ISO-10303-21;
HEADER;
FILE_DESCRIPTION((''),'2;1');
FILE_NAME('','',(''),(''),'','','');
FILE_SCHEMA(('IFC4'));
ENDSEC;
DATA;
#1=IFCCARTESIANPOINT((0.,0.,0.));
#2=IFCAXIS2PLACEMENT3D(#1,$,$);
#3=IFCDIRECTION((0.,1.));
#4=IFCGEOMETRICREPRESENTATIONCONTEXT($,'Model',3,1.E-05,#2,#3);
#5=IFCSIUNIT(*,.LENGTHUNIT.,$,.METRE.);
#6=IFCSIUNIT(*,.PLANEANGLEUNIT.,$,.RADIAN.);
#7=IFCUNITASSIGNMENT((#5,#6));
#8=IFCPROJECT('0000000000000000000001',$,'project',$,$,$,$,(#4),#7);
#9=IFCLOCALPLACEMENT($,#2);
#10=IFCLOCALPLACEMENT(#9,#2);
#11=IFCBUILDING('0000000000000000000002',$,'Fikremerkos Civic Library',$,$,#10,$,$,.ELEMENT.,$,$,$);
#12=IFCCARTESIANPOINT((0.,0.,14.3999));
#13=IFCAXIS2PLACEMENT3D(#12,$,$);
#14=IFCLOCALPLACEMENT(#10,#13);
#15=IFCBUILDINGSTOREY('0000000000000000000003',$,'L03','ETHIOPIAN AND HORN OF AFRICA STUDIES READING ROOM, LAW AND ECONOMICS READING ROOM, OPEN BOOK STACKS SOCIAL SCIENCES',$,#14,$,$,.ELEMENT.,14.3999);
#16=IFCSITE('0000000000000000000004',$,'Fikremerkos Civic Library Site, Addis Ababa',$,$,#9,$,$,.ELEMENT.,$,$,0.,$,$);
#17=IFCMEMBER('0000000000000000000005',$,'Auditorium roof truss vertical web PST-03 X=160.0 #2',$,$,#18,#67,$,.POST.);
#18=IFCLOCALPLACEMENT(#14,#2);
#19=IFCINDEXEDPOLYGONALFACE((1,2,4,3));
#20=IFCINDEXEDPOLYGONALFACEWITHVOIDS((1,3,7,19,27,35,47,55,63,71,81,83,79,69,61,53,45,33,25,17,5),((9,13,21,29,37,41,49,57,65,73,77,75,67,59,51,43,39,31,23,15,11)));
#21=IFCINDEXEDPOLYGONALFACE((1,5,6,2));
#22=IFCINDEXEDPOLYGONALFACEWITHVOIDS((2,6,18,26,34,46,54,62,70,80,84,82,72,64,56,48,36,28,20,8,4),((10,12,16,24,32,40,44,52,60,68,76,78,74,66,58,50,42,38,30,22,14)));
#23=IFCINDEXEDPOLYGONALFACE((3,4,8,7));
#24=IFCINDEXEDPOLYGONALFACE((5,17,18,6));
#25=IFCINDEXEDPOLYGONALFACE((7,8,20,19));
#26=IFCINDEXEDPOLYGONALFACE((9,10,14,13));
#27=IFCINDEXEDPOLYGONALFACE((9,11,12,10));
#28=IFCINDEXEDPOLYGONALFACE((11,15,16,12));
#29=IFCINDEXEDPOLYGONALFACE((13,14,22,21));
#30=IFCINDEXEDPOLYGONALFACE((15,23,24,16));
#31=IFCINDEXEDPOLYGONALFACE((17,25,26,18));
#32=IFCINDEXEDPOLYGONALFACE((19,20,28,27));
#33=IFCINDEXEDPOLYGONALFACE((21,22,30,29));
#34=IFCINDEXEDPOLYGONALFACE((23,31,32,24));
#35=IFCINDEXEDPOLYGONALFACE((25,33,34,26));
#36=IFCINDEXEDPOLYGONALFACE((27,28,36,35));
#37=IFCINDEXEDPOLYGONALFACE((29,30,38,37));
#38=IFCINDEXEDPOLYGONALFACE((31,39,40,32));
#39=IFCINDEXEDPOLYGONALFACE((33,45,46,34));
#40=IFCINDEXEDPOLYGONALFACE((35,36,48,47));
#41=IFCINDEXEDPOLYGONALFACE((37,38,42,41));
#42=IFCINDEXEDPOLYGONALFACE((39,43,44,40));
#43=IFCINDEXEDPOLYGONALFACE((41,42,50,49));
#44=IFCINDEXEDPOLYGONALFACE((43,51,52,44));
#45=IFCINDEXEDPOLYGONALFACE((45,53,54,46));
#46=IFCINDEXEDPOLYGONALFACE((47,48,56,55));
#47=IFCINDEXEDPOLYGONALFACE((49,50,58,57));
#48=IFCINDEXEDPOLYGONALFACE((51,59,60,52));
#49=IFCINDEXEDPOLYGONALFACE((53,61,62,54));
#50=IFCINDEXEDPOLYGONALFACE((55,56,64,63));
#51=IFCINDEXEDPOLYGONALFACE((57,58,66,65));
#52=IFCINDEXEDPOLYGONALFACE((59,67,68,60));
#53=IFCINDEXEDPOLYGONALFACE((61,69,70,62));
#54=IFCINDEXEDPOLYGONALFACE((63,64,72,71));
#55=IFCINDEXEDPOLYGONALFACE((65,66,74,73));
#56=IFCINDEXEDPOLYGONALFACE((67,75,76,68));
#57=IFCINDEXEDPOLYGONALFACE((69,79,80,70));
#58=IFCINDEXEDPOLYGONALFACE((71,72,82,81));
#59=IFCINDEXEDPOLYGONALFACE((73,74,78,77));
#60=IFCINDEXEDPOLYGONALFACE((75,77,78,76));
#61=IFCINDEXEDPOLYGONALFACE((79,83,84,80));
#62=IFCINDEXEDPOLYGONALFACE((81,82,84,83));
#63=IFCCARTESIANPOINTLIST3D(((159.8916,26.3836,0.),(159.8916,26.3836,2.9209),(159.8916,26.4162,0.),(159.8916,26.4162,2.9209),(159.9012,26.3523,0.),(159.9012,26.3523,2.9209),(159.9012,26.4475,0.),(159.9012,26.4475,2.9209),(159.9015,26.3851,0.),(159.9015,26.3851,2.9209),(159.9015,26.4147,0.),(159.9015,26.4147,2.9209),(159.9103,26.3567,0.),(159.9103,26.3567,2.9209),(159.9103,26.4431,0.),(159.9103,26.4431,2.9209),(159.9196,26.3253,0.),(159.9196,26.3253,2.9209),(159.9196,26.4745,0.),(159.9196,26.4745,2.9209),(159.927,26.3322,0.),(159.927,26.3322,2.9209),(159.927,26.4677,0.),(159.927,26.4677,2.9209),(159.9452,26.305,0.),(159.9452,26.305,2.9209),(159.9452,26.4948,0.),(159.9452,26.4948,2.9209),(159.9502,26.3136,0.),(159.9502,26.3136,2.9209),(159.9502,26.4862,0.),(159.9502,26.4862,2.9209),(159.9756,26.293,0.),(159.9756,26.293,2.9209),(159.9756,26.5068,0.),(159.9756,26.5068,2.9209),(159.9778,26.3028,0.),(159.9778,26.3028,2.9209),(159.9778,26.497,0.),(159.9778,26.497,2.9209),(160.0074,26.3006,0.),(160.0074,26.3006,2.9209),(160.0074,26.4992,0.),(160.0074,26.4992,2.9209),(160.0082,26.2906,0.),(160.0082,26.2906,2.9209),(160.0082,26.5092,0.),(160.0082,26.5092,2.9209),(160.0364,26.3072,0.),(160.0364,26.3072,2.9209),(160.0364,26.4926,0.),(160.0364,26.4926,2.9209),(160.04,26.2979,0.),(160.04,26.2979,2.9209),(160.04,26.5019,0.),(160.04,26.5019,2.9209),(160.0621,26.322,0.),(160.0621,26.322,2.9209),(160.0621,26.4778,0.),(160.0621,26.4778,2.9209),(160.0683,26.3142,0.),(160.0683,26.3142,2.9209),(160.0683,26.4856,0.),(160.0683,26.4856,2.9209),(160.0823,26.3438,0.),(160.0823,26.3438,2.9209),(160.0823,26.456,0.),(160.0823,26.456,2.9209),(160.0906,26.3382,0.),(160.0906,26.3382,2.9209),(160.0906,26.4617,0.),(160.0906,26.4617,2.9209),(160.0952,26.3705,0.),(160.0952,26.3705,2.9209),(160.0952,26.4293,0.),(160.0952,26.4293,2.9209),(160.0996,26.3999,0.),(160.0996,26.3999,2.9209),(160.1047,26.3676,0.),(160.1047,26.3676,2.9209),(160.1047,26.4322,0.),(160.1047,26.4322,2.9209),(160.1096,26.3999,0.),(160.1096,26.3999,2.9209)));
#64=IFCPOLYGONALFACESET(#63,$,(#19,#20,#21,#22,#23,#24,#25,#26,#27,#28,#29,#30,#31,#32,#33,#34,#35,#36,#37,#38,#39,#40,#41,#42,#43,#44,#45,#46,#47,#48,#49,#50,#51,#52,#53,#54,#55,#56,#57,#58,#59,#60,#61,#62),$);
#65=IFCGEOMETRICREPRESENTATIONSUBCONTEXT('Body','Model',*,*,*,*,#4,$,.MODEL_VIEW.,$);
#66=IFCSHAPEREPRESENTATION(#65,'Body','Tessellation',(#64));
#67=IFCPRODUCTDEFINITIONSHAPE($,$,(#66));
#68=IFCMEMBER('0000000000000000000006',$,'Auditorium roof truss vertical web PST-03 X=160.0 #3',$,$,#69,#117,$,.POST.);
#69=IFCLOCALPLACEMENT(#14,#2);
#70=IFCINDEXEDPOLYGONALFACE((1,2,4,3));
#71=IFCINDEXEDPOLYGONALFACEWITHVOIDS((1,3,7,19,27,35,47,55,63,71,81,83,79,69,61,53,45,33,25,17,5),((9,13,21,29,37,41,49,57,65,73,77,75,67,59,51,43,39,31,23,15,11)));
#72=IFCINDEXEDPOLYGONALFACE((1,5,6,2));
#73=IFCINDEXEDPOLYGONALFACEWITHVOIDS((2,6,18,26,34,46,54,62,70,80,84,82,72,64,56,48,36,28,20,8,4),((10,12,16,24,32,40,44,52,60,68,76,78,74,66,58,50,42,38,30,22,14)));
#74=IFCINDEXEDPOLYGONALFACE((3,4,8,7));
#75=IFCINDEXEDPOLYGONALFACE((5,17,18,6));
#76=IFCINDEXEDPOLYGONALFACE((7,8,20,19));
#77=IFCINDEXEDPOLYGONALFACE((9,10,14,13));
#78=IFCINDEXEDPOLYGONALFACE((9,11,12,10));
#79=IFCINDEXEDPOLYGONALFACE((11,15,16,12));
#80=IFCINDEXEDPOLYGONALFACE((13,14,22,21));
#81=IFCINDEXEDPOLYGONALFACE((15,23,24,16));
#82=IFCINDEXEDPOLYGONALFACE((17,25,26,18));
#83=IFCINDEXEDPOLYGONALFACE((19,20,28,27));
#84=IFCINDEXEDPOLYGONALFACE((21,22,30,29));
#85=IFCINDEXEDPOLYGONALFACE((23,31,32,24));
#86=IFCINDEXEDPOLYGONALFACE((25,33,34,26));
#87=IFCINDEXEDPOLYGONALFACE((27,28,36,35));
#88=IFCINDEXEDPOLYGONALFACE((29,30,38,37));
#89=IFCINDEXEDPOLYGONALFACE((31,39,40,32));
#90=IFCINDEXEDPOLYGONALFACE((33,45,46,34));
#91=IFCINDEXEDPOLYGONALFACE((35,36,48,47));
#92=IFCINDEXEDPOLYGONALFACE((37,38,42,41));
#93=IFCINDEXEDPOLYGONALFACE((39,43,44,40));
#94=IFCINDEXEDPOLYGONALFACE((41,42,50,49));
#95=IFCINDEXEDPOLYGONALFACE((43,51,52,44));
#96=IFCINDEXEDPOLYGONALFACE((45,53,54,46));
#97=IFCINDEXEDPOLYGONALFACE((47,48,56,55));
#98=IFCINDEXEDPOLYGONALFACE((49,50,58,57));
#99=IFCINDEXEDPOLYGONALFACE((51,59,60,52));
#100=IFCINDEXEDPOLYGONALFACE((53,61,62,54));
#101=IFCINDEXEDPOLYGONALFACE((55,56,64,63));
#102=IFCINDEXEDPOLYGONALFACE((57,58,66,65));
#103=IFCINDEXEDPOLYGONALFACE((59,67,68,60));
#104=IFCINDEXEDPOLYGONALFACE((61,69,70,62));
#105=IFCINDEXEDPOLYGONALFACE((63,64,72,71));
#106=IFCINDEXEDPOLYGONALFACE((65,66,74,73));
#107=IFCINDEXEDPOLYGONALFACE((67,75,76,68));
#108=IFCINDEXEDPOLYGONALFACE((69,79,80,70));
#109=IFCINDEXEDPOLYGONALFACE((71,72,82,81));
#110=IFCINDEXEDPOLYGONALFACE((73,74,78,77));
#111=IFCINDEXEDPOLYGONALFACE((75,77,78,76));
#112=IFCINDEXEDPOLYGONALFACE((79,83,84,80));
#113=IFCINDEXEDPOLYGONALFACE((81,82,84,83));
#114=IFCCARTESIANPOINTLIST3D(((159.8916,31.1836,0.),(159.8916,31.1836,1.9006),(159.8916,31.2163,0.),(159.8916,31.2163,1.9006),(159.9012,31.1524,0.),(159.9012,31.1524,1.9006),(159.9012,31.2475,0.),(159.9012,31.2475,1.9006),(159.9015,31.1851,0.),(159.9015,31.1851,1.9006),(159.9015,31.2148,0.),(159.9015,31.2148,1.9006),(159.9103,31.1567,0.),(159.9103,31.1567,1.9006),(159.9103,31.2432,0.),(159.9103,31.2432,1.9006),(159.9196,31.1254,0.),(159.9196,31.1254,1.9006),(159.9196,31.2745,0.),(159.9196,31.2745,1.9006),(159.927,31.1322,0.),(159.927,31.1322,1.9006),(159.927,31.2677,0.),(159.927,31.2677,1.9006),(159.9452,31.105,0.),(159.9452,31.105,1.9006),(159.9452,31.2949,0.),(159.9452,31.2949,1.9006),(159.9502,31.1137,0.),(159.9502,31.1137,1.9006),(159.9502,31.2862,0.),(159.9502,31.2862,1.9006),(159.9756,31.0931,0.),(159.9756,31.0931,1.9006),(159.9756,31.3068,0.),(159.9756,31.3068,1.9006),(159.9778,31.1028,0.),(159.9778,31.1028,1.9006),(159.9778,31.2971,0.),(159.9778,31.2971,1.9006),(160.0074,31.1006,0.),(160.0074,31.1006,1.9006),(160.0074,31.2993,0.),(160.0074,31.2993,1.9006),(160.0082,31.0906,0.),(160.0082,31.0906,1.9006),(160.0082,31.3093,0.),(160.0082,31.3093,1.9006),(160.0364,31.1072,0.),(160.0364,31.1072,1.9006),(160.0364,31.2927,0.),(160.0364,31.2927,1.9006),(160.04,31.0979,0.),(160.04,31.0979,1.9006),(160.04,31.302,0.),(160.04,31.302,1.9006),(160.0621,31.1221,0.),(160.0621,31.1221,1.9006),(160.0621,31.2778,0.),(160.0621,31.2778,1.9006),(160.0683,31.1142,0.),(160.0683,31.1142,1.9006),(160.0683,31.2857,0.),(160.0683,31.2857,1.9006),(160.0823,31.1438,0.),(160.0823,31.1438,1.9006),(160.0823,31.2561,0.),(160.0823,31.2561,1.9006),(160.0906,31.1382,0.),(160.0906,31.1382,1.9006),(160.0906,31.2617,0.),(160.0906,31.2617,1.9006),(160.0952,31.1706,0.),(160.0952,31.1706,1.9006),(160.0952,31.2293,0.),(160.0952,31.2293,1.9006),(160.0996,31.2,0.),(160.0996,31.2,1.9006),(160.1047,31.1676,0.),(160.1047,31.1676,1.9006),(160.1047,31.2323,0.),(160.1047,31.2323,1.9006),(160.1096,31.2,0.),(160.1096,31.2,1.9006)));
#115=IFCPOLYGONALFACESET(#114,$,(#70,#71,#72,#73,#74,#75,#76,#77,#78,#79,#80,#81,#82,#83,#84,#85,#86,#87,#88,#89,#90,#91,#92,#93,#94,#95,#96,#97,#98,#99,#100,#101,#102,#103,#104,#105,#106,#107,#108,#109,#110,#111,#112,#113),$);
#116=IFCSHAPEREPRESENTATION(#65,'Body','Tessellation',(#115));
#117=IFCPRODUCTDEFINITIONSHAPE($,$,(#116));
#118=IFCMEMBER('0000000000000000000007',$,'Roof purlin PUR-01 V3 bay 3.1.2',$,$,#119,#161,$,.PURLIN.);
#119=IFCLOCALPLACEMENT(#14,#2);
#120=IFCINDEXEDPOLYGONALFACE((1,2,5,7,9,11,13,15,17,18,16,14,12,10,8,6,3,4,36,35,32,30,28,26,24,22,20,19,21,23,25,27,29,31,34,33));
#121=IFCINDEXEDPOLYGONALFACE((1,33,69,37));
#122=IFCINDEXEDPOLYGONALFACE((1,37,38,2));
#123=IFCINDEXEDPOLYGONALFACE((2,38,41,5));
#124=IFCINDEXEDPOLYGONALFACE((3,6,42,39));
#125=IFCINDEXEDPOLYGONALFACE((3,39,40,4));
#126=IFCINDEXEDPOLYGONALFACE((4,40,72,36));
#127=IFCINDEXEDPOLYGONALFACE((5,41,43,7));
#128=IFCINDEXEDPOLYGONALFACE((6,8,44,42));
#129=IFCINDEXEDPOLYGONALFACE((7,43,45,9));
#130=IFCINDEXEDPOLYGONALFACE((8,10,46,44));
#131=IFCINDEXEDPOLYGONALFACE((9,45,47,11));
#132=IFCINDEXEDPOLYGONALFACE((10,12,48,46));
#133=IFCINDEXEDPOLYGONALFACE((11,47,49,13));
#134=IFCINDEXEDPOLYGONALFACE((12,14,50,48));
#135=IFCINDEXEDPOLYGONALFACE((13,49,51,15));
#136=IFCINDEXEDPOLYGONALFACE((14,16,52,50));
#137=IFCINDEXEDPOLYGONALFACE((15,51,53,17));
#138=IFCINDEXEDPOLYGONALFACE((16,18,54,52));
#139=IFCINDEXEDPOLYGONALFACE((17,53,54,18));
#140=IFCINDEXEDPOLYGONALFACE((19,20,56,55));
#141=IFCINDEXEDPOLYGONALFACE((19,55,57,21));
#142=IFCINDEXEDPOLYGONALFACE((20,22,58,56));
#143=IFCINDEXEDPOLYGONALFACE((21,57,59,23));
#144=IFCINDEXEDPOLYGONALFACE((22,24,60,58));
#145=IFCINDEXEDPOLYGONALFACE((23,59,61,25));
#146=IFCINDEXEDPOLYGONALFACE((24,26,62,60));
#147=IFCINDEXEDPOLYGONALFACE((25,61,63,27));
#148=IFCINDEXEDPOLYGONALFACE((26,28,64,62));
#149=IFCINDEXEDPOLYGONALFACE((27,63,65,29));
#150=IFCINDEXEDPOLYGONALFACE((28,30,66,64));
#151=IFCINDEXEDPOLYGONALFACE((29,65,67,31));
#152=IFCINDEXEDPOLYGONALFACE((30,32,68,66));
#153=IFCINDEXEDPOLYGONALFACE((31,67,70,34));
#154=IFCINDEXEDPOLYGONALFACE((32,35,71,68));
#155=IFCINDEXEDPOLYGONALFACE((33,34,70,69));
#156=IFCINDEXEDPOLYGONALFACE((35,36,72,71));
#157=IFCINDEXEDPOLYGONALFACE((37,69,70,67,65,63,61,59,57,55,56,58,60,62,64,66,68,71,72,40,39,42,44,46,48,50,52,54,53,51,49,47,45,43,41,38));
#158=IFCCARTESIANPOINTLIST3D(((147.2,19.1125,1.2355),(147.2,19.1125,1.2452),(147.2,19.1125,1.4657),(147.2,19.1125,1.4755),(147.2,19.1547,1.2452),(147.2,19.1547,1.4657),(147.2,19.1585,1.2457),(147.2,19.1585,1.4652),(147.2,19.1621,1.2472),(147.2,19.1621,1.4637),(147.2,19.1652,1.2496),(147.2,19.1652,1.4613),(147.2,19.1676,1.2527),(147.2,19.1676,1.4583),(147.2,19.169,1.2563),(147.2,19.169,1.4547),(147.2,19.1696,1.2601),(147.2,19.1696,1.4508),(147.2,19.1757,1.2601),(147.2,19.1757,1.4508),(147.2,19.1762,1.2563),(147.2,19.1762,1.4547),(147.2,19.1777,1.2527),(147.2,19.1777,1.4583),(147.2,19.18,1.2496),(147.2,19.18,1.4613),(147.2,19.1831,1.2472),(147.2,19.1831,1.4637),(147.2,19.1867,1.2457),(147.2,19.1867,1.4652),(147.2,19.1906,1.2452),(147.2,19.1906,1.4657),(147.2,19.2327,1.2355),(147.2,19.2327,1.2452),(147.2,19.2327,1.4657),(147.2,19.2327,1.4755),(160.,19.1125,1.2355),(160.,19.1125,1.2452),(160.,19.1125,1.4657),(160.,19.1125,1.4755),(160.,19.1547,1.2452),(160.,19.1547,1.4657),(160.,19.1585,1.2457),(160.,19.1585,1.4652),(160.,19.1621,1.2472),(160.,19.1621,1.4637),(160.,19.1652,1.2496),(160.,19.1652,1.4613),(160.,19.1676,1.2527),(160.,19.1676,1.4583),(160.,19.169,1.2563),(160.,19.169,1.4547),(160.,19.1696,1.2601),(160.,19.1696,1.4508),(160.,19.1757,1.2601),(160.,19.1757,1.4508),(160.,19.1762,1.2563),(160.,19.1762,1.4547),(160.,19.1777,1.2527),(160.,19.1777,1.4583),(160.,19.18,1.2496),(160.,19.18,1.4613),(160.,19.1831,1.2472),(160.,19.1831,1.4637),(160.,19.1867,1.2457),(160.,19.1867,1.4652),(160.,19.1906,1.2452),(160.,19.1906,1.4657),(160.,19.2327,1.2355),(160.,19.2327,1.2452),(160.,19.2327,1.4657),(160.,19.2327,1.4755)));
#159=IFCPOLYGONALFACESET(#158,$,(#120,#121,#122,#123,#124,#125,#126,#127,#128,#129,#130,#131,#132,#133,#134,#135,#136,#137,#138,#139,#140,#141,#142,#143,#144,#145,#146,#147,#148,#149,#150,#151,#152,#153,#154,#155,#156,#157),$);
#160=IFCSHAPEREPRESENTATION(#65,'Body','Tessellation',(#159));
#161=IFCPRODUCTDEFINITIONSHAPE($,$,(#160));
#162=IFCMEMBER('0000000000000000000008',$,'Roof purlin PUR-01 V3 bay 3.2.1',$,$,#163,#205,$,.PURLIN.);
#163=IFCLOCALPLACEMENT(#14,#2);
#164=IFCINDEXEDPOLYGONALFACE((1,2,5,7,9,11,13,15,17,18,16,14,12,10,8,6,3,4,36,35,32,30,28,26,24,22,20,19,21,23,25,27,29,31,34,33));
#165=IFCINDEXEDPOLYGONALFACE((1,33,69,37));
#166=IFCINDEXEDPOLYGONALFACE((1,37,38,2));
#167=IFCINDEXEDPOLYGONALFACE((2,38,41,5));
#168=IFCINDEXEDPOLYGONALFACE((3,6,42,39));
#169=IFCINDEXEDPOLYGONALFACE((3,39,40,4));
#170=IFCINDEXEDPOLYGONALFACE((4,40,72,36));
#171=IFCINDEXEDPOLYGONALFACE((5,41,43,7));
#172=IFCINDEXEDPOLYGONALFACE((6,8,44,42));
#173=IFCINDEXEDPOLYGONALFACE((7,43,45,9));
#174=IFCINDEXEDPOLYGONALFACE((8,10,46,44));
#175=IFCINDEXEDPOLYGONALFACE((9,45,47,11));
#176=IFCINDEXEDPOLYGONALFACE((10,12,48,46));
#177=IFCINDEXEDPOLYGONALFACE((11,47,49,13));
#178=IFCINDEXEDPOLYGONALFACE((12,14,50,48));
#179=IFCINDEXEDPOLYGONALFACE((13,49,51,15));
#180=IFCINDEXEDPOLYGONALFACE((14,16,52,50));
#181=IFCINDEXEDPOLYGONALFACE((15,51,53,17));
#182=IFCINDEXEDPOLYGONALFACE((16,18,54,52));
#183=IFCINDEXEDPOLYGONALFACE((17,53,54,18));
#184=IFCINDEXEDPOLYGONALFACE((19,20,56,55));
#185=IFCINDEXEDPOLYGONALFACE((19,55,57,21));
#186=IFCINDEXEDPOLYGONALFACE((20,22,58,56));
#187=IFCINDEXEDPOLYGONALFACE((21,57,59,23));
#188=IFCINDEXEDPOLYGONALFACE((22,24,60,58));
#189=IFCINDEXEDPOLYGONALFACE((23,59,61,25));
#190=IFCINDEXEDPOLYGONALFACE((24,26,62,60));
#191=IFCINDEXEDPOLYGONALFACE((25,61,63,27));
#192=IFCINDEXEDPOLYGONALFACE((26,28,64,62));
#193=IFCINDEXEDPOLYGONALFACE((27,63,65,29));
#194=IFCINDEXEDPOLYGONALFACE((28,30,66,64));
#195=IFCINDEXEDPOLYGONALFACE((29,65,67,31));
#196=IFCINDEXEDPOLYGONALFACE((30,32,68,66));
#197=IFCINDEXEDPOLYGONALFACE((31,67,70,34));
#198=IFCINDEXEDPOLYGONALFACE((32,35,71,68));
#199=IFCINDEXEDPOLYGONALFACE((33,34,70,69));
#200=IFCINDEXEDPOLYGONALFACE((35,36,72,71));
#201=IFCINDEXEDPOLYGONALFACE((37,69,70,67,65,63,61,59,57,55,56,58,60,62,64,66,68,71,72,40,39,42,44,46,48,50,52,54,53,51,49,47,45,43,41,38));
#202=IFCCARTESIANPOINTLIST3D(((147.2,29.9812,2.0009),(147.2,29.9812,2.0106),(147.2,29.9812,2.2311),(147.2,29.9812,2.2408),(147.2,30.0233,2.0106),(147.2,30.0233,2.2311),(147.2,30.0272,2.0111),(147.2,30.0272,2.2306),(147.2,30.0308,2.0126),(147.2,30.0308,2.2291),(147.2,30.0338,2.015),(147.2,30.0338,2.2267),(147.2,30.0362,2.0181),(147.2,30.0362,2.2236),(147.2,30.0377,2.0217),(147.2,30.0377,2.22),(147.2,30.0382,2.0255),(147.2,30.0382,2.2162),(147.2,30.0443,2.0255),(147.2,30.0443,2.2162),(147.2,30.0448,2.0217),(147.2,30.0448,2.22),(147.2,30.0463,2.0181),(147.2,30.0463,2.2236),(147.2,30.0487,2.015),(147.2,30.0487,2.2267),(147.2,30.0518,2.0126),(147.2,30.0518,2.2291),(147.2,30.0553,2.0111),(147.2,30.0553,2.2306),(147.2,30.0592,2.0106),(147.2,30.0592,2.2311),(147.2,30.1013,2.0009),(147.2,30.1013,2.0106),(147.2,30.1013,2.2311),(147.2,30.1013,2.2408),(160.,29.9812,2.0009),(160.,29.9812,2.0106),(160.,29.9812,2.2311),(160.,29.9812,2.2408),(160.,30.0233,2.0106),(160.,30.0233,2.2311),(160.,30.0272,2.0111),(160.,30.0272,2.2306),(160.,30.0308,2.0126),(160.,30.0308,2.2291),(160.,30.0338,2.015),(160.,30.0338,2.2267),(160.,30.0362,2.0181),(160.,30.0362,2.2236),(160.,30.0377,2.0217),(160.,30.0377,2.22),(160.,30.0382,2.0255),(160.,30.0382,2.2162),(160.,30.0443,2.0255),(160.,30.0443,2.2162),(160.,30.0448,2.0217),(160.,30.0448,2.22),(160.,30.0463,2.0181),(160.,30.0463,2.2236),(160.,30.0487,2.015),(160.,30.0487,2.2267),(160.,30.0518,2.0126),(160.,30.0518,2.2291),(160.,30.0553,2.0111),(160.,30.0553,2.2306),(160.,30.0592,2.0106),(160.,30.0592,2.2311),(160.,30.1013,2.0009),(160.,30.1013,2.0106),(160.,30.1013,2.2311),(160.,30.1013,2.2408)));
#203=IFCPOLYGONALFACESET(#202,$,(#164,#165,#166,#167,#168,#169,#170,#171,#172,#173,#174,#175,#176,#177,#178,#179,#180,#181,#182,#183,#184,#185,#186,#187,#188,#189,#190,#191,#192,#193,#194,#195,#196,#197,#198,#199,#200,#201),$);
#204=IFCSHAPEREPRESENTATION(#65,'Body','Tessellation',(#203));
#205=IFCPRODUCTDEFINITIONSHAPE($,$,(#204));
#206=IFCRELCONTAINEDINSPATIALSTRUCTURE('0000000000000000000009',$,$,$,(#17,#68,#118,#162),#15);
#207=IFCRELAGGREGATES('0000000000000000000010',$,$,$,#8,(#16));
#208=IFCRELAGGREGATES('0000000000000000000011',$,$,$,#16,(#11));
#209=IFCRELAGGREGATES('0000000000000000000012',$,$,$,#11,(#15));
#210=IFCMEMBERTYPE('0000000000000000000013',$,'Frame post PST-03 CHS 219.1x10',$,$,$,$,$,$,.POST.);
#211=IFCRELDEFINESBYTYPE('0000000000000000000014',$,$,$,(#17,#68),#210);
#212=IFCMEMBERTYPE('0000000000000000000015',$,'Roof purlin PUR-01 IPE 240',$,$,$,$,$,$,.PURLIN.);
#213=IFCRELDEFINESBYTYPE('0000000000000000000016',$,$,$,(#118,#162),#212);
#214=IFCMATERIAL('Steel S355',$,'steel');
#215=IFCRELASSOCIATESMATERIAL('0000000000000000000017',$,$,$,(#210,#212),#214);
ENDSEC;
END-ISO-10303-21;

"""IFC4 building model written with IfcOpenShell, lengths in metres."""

from ifc_helpers import new_model, si_unit, direction, frame, origin, origin_2d, place, context, subcontext, project, spatial, hollow_circle, i_section, extrude, material, material_profile, profile_set, type_object, element, save


model = new_model("IFC4")

# Units and contexts
model_context = context("Model", 3, precision=1e-05, world=origin(), true_north=direction((0.0, 1.0)))
body_context = subcontext(model_context, "Body", "Model", "MODEL_VIEW")
ifc_project = project(units=[si_unit("LENGTHUNIT", "METRE"), si_unit("PLANEANGLEUNIT", "RADIAN")], contexts=[model_context])

# Site, building, storey
site_placement = place(None, origin())
site = spatial("IfcSite", under=ifc_project, at=site_placement, Name="Fikremerkos Civic Library Site, Addis Ababa", CompositionType="ELEMENT", RefElevation=0.0)
building_placement = place(site_placement, origin())
building = spatial("IfcBuilding", under=site, at=building_placement, Name="Fikremerkos Civic Library", CompositionType="ELEMENT")
storey_placement = place(building_placement, frame((0.0, 0.0, 14.3999)))
storey = spatial("IfcBuildingStorey", under=building, at=storey_placement, Name="L03", Description="ETHIOPIAN AND HORN OF AFRICA STUDIES READING ROOM, LAW AND ECONOMICS READING ROOM, OPEN BOOK STACKS SOCIAL SCIENCES", CompositionType="ELEMENT", Elevation=14.3999)

# Members
ifc_material_1 = material(Name="Steel S355", Category="steel")
ifc_material_profile_1 = material_profile(ifc_material_1, hollow_circle(Radius=0.1096, WallThickness=0.01, at=origin_2d()), Name="CHS 219.1x10")
ifc_profile_set_1 = profile_set([ifc_material_profile_1], Name="Steel S355")
member_type_1 = type_object("IfcMemberType", Name="Frame post PST-03 CHS 219.1x10", PredefinedType="POST", material=ifc_profile_set_1)
member_1_placement = place(storey_placement, frame((160.0, 26.3999, 0.0), z_axis=(0.0, 0.0, 1.0), x_axis=(1.0, 0.0, 0.0)))
element("IfcMember", 1, at=member_1_placement, inside=storey, type_object=member_type_1, Name="Auditorium roof truss vertical web PST-03 X=160.0 #2", PredefinedType="POST", context=body_context, shape_type="SweptSolid", body=[
    extrude(hollow_circle(Radius=0.1096, WallThickness=0.01, at=origin_2d()), origin(), (0.0, 0.0, 1.0), 2.9209),
])
member_2_placement = place(storey_placement, frame((160.0, 31.2, 0.0), z_axis=(0.0, 0.0, 1.0), x_axis=(1.0, 0.0, 0.0)))
element("IfcMember", 2, at=member_2_placement, inside=storey, type_object=member_type_1, Name="Auditorium roof truss vertical web PST-03 X=160.0 #3", PredefinedType="POST", context=body_context, shape_type="SweptSolid", body=[
    extrude(hollow_circle(Radius=0.1096, WallThickness=0.01, at=origin_2d()), origin(), (0.0, 0.0, 1.0), 1.9006),
])
ifc_material_profile_2 = material_profile(ifc_material_1, i_section(OverallWidth=0.1201, OverallDepth=0.24, WebThickness=0.0061, FlangeThickness=0.0098, FilletRadius=0.0149, at=origin_2d()), Name="IPE 240")
ifc_profile_set_2 = profile_set([ifc_material_profile_2], Name="Steel S355")
member_type_2 = type_object("IfcMemberType", Name="Roof purlin PUR-01 IPE 240", PredefinedType="PURLIN", material=ifc_profile_set_2)
for number, where, z_axis, x_axis, name in (
    (3, (147.2, 19.1726, 1.3555), (1.0, 0.0, 0.0), (0.0, 1.0, 0.0), "Roof purlin PUR-01 V3 bay 3.1.2"),
    (4, (147.2, 30.0413, 2.1208), (1.0, 0.0, 0.0), (0.0, 1.0, 0.0), "Roof purlin PUR-01 V3 bay 3.2.1"),
):
    element("IfcMember", number, at=place(storey_placement, frame(where, z_axis=z_axis, x_axis=x_axis)), inside=storey, type_object=member_type_2, Name=name, PredefinedType="PURLIN", context=body_context, shape_type="SweptSolid", body=[
        extrude(i_section(OverallWidth=0.1201, OverallDepth=0.24, WebThickness=0.0061, FlangeThickness=0.0098, FilletRadius=0.0149, at=origin_2d()), origin(), (0.0, 0.0, 1.0), 12.8),
    ])

save(model, "model.ifc")
